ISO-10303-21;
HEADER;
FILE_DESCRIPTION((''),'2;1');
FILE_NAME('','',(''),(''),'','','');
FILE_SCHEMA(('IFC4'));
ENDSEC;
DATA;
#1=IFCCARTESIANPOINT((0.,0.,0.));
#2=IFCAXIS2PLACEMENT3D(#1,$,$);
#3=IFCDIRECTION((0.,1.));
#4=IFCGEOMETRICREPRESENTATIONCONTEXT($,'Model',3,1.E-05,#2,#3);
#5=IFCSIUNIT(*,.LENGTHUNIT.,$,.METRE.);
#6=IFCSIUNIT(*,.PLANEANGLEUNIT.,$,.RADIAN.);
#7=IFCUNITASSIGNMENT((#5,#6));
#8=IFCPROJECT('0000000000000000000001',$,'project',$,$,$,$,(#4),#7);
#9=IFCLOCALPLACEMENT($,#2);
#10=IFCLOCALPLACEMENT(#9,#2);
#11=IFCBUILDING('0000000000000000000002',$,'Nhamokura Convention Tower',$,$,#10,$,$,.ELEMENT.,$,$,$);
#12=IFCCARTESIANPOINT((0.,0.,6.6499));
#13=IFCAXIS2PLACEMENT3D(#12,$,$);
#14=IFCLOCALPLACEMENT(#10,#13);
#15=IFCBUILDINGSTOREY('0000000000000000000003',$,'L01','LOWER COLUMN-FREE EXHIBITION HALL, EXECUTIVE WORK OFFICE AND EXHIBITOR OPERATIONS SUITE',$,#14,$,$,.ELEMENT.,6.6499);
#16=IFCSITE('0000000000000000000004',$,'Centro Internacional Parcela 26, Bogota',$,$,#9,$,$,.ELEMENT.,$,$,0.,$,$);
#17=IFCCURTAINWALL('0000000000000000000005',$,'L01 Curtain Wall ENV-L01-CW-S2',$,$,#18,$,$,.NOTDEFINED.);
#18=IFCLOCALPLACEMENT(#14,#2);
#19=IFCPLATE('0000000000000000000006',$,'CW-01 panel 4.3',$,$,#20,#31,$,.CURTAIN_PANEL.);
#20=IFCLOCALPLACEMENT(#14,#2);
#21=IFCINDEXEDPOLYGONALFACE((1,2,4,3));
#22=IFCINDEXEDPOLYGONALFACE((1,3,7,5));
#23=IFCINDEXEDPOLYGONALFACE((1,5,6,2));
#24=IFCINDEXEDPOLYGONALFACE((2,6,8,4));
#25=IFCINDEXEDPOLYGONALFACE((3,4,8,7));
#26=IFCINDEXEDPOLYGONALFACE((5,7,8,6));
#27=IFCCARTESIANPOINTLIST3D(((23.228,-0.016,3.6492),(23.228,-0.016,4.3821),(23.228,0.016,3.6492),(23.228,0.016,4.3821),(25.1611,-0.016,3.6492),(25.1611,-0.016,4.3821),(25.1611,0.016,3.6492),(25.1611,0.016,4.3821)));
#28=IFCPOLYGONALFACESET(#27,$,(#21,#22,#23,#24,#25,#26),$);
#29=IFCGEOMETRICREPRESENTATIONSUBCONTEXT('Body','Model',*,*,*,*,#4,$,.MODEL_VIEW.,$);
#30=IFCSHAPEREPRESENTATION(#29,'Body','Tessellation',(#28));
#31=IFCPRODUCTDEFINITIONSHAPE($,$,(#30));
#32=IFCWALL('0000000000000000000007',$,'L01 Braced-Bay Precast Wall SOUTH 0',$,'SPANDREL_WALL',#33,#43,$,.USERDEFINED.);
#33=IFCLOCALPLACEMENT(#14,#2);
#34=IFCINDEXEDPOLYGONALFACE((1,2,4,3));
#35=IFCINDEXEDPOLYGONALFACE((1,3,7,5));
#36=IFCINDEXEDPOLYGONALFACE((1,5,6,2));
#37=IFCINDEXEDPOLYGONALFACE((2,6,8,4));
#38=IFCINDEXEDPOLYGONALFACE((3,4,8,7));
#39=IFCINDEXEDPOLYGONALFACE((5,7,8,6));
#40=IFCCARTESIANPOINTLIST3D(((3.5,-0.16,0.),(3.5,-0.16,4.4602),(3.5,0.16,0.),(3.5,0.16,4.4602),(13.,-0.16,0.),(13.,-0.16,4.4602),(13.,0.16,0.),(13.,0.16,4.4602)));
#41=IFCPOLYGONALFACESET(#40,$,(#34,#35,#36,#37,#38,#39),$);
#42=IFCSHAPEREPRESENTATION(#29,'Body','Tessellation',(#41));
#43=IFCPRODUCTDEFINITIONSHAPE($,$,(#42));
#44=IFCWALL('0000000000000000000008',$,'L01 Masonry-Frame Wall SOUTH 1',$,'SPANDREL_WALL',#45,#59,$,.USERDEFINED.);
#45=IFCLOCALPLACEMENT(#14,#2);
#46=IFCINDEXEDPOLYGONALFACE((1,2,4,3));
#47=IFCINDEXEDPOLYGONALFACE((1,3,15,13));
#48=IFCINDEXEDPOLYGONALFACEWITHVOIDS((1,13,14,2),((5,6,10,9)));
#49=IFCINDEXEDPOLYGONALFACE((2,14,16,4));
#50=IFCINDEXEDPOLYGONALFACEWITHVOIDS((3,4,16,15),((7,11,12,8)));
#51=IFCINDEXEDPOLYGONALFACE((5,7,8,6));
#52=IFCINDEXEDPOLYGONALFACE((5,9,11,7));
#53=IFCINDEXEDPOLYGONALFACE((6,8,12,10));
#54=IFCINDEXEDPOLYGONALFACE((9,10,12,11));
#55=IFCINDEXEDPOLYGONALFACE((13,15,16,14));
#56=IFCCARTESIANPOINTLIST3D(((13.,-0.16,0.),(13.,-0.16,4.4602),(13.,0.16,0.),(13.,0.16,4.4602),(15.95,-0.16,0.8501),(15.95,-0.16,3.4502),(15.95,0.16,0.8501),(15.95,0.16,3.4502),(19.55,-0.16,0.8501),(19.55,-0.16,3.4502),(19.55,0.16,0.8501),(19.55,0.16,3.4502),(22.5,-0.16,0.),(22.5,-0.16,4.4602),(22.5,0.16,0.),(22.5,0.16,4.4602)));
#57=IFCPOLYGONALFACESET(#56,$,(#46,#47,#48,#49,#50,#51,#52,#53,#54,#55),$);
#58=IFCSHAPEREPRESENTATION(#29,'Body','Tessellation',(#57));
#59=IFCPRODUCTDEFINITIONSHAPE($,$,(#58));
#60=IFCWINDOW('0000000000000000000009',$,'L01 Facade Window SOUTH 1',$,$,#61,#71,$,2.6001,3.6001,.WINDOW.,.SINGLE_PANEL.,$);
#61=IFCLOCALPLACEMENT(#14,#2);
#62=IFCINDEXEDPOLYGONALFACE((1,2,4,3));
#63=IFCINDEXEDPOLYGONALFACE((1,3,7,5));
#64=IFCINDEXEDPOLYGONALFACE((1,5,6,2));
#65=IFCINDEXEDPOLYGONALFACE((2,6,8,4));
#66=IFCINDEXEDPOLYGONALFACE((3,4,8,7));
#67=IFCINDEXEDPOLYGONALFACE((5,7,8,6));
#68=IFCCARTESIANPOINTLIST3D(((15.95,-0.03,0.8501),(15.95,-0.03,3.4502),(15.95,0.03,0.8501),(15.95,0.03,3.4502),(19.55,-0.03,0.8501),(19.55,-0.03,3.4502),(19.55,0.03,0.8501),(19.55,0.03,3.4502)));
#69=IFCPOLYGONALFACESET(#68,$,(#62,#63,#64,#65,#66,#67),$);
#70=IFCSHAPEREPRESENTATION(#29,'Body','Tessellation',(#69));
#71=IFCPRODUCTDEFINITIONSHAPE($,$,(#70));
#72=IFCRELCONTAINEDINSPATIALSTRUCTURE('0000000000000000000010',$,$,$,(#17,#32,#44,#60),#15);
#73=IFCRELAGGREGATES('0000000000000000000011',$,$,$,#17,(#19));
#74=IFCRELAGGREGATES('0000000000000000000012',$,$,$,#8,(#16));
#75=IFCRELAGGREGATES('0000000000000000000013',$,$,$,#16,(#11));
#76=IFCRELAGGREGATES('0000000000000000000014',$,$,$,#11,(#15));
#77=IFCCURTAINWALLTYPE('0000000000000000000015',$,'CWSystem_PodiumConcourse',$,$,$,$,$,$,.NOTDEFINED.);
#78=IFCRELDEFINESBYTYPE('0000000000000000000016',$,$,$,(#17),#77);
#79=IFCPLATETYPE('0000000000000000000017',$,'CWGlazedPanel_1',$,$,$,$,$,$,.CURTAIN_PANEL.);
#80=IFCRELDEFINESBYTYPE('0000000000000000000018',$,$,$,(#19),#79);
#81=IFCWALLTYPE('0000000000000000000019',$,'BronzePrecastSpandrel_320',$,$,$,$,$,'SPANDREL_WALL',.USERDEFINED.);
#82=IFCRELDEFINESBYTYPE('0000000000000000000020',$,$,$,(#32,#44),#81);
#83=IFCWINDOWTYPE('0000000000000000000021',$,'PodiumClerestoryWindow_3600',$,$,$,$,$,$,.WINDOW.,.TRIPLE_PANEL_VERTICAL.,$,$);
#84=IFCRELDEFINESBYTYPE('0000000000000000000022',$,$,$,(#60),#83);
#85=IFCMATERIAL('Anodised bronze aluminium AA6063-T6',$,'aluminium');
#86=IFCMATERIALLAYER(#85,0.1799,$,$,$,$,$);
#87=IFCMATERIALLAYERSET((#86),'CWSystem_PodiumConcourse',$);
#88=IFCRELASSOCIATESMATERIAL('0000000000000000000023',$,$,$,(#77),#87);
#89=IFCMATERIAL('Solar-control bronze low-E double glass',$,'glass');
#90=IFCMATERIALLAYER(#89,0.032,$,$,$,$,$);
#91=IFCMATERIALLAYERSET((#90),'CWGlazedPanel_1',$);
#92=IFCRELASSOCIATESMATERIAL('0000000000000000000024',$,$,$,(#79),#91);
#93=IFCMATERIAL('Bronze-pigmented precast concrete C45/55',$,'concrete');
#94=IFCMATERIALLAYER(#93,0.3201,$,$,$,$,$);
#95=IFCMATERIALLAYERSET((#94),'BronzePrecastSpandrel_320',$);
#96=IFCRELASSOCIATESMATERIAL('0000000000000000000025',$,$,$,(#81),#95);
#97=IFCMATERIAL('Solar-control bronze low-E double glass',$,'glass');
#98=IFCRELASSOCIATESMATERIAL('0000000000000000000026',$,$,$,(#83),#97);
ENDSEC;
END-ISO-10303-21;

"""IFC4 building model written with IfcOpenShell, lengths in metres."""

from ifc_helpers import new_model, si_unit, direction, frame, frame_2d, origin, origin_2d, place, context, subcontext, project, spatial, rectangle, extrude, material, layer, layer_set, type_object, element, fill, aggregate, save


model = new_model("IFC4")

# Units and contexts
model_context = context("Model", 3, precision=1e-05, world=origin(), true_north=direction((0.0, 1.0)))
body_context = subcontext(model_context, "Body", "Model", "MODEL_VIEW")
ifc_project = project(units=[si_unit("LENGTHUNIT", "METRE"), si_unit("PLANEANGLEUNIT", "RADIAN")], contexts=[model_context])

# Site, building, storey
site_placement = place(None, origin())
site = spatial("IfcSite", under=ifc_project, at=site_placement, Name="Centro Internacional Parcela 26, Bogota", CompositionType="ELEMENT", RefElevation=0.0)
building_placement = place(site_placement, origin())
building = spatial("IfcBuilding", under=site, at=building_placement, Name="Nhamokura Convention Tower", CompositionType="ELEMENT")
storey_placement = place(building_placement, frame((0.0, 0.0, 6.6499)))
storey = spatial("IfcBuildingStorey", under=building, at=storey_placement, Name="L01", Description="LOWER COLUMN-FREE EXHIBITION HALL, EXECUTIVE WORK OFFICE AND EXHIBITOR OPERATIONS SUITE", CompositionType="ELEMENT", Elevation=6.6499)

# Curtain wall
ifc_material_1 = material(Name="Anodised bronze aluminium AA6063-T6", Category="aluminium")
ifc_layer_1 = layer(ifc_material_1, 0.1799)
ifc_layer_set_1 = layer_set([ifc_layer_1], Name="CWSystem_PodiumConcourse")
curtain_wall_type = type_object("IfcCurtainWallType", Name="CWSystem_PodiumConcourse", PredefinedType="NOTDEFINED", material=ifc_layer_set_1)
curtain_wall_placement = place(storey_placement, origin())
curtain_wall = element("IfcCurtainWall", 1, at=curtain_wall_placement, inside=storey, type_object=curtain_wall_type, Name="L01 Curtain Wall ENV-L01-CW-S2", PredefinedType="NOTDEFINED")

# Plate
ifc_material_2 = material(Name="Solar-control bronze low-E double glass", Category="glass")
ifc_layer_2 = layer(ifc_material_2, 0.032)
ifc_layer_set_2 = layer_set([ifc_layer_2], Name="CWGlazedPanel_1")
plate_type = type_object("IfcPlateType", Name="CWGlazedPanel_1", PredefinedType="CURTAIN_PANEL", material=ifc_layer_set_2)
plate_1_placement = place(storey_placement, frame((24.1946, 0.0, 3.6492), z_axis=(0.0, 0.0, 1.0), x_axis=(-1.0, 0.0, 0.0)))
plate_1 = element("IfcPlate", 2, at=plate_1_placement, type_object=plate_type, Name="CW-01 panel 4.3", PredefinedType="CURTAIN_PANEL", context=body_context, shape_type="SweptSolid", body=[
    extrude(rectangle(XDim=1.9331, YDim=0.032, at=origin_2d()), origin(), (0.0, 0.0, 1.0), 0.7329),
])
aggregate(curtain_wall, [plate_1])

# Wall
ifc_material_3 = material(Name="Bronze-pigmented precast concrete C45/55", Category="concrete")
ifc_layer_3 = layer(ifc_material_3, 0.3201)
ifc_layer_set_3 = layer_set([ifc_layer_3], Name="BronzePrecastSpandrel_320")
wall_type = type_object("IfcWallType", Name="BronzePrecastSpandrel_320", ElementType="SPANDREL_WALL", PredefinedType="USERDEFINED", material=ifc_layer_set_3)
wall_1_placement = place(storey_placement, frame((13.0, 0.0, 0.0), z_axis=(0.0, 0.0, 1.0), x_axis=(-1.0, 0.0, 0.0)))
element("IfcWall", 3, at=wall_1_placement, inside=storey, type_object=wall_type, Name="L01 Braced-Bay Precast Wall SOUTH 0", ObjectType="SPANDREL_WALL", PredefinedType="USERDEFINED", context=body_context, shape_type="SweptSolid", body=[
    extrude(rectangle(XDim=9.5, YDim=0.3201, at=frame_2d((4.75, 0.0))), origin(), (0.0, 0.0, 1.0), 4.4602),
])

# Wall, opening, window
wall_2_placement = place(storey_placement, frame((22.5, 0.0, 0.0), z_axis=(0.0, 0.0, 1.0), x_axis=(-1.0, 0.0, 0.0)))
wall_2 = element("IfcWall", 4, at=wall_2_placement, inside=storey, type_object=wall_type, Name="L01 Masonry-Frame Wall SOUTH 1", ObjectType="SPANDREL_WALL", PredefinedType="USERDEFINED", context=body_context, shape_type="SweptSolid", body=[
    extrude(rectangle(XDim=9.5, YDim=0.3201, at=frame_2d((4.75, 0.0))), origin(), (0.0, 0.0, 1.0), 4.4602),
])
opening_placement = place(wall_2_placement, frame((2.95, 0.0, 0.8501)))
opening = element("IfcOpeningElement", 5, at=opening_placement, cuts=wall_2, PredefinedType="OPENING", context=body_context, shape_type="SweptSolid", body=[
    extrude(rectangle(XDim=3.6001, YDim=2.6001, at=frame_2d((1.8, 1.3))), frame((0.0, 0.1699, 0.0), z_axis=(0.0, -1.0, 0.0), x_axis=(1.0, 0.0, 0.0)), (0.0, 0.0, 1.0), 0.3401),
])
ifc_material_4 = material(Name="Solar-control bronze low-E double glass", Category="glass")
window_type = type_object("IfcWindowType", Name="PodiumClerestoryWindow_3600", PartitioningType="TRIPLE_PANEL_VERTICAL", PredefinedType="WINDOW", material=ifc_material_4)
window_placement = place(opening_placement, origin())
window = element("IfcWindow", 6, at=window_placement, inside=storey, type_object=window_type, Name="L01 Facade Window SOUTH 1", OverallHeight=2.6001, OverallWidth=3.6001, PartitioningType="SINGLE_PANEL", PredefinedType="WINDOW", context=body_context, shape_type="SweptSolid", body=[
    extrude(rectangle(XDim=3.6001, YDim=2.6001, at=frame_2d((1.8, 1.3))), frame((0.0, 0.03, 0.0), z_axis=(0.0, -1.0, 0.0), x_axis=(1.0, 0.0, 0.0)), (0.0, 0.0, 1.0), 0.0601),
])
fill(opening, window)

save(model, "model.ifc")
